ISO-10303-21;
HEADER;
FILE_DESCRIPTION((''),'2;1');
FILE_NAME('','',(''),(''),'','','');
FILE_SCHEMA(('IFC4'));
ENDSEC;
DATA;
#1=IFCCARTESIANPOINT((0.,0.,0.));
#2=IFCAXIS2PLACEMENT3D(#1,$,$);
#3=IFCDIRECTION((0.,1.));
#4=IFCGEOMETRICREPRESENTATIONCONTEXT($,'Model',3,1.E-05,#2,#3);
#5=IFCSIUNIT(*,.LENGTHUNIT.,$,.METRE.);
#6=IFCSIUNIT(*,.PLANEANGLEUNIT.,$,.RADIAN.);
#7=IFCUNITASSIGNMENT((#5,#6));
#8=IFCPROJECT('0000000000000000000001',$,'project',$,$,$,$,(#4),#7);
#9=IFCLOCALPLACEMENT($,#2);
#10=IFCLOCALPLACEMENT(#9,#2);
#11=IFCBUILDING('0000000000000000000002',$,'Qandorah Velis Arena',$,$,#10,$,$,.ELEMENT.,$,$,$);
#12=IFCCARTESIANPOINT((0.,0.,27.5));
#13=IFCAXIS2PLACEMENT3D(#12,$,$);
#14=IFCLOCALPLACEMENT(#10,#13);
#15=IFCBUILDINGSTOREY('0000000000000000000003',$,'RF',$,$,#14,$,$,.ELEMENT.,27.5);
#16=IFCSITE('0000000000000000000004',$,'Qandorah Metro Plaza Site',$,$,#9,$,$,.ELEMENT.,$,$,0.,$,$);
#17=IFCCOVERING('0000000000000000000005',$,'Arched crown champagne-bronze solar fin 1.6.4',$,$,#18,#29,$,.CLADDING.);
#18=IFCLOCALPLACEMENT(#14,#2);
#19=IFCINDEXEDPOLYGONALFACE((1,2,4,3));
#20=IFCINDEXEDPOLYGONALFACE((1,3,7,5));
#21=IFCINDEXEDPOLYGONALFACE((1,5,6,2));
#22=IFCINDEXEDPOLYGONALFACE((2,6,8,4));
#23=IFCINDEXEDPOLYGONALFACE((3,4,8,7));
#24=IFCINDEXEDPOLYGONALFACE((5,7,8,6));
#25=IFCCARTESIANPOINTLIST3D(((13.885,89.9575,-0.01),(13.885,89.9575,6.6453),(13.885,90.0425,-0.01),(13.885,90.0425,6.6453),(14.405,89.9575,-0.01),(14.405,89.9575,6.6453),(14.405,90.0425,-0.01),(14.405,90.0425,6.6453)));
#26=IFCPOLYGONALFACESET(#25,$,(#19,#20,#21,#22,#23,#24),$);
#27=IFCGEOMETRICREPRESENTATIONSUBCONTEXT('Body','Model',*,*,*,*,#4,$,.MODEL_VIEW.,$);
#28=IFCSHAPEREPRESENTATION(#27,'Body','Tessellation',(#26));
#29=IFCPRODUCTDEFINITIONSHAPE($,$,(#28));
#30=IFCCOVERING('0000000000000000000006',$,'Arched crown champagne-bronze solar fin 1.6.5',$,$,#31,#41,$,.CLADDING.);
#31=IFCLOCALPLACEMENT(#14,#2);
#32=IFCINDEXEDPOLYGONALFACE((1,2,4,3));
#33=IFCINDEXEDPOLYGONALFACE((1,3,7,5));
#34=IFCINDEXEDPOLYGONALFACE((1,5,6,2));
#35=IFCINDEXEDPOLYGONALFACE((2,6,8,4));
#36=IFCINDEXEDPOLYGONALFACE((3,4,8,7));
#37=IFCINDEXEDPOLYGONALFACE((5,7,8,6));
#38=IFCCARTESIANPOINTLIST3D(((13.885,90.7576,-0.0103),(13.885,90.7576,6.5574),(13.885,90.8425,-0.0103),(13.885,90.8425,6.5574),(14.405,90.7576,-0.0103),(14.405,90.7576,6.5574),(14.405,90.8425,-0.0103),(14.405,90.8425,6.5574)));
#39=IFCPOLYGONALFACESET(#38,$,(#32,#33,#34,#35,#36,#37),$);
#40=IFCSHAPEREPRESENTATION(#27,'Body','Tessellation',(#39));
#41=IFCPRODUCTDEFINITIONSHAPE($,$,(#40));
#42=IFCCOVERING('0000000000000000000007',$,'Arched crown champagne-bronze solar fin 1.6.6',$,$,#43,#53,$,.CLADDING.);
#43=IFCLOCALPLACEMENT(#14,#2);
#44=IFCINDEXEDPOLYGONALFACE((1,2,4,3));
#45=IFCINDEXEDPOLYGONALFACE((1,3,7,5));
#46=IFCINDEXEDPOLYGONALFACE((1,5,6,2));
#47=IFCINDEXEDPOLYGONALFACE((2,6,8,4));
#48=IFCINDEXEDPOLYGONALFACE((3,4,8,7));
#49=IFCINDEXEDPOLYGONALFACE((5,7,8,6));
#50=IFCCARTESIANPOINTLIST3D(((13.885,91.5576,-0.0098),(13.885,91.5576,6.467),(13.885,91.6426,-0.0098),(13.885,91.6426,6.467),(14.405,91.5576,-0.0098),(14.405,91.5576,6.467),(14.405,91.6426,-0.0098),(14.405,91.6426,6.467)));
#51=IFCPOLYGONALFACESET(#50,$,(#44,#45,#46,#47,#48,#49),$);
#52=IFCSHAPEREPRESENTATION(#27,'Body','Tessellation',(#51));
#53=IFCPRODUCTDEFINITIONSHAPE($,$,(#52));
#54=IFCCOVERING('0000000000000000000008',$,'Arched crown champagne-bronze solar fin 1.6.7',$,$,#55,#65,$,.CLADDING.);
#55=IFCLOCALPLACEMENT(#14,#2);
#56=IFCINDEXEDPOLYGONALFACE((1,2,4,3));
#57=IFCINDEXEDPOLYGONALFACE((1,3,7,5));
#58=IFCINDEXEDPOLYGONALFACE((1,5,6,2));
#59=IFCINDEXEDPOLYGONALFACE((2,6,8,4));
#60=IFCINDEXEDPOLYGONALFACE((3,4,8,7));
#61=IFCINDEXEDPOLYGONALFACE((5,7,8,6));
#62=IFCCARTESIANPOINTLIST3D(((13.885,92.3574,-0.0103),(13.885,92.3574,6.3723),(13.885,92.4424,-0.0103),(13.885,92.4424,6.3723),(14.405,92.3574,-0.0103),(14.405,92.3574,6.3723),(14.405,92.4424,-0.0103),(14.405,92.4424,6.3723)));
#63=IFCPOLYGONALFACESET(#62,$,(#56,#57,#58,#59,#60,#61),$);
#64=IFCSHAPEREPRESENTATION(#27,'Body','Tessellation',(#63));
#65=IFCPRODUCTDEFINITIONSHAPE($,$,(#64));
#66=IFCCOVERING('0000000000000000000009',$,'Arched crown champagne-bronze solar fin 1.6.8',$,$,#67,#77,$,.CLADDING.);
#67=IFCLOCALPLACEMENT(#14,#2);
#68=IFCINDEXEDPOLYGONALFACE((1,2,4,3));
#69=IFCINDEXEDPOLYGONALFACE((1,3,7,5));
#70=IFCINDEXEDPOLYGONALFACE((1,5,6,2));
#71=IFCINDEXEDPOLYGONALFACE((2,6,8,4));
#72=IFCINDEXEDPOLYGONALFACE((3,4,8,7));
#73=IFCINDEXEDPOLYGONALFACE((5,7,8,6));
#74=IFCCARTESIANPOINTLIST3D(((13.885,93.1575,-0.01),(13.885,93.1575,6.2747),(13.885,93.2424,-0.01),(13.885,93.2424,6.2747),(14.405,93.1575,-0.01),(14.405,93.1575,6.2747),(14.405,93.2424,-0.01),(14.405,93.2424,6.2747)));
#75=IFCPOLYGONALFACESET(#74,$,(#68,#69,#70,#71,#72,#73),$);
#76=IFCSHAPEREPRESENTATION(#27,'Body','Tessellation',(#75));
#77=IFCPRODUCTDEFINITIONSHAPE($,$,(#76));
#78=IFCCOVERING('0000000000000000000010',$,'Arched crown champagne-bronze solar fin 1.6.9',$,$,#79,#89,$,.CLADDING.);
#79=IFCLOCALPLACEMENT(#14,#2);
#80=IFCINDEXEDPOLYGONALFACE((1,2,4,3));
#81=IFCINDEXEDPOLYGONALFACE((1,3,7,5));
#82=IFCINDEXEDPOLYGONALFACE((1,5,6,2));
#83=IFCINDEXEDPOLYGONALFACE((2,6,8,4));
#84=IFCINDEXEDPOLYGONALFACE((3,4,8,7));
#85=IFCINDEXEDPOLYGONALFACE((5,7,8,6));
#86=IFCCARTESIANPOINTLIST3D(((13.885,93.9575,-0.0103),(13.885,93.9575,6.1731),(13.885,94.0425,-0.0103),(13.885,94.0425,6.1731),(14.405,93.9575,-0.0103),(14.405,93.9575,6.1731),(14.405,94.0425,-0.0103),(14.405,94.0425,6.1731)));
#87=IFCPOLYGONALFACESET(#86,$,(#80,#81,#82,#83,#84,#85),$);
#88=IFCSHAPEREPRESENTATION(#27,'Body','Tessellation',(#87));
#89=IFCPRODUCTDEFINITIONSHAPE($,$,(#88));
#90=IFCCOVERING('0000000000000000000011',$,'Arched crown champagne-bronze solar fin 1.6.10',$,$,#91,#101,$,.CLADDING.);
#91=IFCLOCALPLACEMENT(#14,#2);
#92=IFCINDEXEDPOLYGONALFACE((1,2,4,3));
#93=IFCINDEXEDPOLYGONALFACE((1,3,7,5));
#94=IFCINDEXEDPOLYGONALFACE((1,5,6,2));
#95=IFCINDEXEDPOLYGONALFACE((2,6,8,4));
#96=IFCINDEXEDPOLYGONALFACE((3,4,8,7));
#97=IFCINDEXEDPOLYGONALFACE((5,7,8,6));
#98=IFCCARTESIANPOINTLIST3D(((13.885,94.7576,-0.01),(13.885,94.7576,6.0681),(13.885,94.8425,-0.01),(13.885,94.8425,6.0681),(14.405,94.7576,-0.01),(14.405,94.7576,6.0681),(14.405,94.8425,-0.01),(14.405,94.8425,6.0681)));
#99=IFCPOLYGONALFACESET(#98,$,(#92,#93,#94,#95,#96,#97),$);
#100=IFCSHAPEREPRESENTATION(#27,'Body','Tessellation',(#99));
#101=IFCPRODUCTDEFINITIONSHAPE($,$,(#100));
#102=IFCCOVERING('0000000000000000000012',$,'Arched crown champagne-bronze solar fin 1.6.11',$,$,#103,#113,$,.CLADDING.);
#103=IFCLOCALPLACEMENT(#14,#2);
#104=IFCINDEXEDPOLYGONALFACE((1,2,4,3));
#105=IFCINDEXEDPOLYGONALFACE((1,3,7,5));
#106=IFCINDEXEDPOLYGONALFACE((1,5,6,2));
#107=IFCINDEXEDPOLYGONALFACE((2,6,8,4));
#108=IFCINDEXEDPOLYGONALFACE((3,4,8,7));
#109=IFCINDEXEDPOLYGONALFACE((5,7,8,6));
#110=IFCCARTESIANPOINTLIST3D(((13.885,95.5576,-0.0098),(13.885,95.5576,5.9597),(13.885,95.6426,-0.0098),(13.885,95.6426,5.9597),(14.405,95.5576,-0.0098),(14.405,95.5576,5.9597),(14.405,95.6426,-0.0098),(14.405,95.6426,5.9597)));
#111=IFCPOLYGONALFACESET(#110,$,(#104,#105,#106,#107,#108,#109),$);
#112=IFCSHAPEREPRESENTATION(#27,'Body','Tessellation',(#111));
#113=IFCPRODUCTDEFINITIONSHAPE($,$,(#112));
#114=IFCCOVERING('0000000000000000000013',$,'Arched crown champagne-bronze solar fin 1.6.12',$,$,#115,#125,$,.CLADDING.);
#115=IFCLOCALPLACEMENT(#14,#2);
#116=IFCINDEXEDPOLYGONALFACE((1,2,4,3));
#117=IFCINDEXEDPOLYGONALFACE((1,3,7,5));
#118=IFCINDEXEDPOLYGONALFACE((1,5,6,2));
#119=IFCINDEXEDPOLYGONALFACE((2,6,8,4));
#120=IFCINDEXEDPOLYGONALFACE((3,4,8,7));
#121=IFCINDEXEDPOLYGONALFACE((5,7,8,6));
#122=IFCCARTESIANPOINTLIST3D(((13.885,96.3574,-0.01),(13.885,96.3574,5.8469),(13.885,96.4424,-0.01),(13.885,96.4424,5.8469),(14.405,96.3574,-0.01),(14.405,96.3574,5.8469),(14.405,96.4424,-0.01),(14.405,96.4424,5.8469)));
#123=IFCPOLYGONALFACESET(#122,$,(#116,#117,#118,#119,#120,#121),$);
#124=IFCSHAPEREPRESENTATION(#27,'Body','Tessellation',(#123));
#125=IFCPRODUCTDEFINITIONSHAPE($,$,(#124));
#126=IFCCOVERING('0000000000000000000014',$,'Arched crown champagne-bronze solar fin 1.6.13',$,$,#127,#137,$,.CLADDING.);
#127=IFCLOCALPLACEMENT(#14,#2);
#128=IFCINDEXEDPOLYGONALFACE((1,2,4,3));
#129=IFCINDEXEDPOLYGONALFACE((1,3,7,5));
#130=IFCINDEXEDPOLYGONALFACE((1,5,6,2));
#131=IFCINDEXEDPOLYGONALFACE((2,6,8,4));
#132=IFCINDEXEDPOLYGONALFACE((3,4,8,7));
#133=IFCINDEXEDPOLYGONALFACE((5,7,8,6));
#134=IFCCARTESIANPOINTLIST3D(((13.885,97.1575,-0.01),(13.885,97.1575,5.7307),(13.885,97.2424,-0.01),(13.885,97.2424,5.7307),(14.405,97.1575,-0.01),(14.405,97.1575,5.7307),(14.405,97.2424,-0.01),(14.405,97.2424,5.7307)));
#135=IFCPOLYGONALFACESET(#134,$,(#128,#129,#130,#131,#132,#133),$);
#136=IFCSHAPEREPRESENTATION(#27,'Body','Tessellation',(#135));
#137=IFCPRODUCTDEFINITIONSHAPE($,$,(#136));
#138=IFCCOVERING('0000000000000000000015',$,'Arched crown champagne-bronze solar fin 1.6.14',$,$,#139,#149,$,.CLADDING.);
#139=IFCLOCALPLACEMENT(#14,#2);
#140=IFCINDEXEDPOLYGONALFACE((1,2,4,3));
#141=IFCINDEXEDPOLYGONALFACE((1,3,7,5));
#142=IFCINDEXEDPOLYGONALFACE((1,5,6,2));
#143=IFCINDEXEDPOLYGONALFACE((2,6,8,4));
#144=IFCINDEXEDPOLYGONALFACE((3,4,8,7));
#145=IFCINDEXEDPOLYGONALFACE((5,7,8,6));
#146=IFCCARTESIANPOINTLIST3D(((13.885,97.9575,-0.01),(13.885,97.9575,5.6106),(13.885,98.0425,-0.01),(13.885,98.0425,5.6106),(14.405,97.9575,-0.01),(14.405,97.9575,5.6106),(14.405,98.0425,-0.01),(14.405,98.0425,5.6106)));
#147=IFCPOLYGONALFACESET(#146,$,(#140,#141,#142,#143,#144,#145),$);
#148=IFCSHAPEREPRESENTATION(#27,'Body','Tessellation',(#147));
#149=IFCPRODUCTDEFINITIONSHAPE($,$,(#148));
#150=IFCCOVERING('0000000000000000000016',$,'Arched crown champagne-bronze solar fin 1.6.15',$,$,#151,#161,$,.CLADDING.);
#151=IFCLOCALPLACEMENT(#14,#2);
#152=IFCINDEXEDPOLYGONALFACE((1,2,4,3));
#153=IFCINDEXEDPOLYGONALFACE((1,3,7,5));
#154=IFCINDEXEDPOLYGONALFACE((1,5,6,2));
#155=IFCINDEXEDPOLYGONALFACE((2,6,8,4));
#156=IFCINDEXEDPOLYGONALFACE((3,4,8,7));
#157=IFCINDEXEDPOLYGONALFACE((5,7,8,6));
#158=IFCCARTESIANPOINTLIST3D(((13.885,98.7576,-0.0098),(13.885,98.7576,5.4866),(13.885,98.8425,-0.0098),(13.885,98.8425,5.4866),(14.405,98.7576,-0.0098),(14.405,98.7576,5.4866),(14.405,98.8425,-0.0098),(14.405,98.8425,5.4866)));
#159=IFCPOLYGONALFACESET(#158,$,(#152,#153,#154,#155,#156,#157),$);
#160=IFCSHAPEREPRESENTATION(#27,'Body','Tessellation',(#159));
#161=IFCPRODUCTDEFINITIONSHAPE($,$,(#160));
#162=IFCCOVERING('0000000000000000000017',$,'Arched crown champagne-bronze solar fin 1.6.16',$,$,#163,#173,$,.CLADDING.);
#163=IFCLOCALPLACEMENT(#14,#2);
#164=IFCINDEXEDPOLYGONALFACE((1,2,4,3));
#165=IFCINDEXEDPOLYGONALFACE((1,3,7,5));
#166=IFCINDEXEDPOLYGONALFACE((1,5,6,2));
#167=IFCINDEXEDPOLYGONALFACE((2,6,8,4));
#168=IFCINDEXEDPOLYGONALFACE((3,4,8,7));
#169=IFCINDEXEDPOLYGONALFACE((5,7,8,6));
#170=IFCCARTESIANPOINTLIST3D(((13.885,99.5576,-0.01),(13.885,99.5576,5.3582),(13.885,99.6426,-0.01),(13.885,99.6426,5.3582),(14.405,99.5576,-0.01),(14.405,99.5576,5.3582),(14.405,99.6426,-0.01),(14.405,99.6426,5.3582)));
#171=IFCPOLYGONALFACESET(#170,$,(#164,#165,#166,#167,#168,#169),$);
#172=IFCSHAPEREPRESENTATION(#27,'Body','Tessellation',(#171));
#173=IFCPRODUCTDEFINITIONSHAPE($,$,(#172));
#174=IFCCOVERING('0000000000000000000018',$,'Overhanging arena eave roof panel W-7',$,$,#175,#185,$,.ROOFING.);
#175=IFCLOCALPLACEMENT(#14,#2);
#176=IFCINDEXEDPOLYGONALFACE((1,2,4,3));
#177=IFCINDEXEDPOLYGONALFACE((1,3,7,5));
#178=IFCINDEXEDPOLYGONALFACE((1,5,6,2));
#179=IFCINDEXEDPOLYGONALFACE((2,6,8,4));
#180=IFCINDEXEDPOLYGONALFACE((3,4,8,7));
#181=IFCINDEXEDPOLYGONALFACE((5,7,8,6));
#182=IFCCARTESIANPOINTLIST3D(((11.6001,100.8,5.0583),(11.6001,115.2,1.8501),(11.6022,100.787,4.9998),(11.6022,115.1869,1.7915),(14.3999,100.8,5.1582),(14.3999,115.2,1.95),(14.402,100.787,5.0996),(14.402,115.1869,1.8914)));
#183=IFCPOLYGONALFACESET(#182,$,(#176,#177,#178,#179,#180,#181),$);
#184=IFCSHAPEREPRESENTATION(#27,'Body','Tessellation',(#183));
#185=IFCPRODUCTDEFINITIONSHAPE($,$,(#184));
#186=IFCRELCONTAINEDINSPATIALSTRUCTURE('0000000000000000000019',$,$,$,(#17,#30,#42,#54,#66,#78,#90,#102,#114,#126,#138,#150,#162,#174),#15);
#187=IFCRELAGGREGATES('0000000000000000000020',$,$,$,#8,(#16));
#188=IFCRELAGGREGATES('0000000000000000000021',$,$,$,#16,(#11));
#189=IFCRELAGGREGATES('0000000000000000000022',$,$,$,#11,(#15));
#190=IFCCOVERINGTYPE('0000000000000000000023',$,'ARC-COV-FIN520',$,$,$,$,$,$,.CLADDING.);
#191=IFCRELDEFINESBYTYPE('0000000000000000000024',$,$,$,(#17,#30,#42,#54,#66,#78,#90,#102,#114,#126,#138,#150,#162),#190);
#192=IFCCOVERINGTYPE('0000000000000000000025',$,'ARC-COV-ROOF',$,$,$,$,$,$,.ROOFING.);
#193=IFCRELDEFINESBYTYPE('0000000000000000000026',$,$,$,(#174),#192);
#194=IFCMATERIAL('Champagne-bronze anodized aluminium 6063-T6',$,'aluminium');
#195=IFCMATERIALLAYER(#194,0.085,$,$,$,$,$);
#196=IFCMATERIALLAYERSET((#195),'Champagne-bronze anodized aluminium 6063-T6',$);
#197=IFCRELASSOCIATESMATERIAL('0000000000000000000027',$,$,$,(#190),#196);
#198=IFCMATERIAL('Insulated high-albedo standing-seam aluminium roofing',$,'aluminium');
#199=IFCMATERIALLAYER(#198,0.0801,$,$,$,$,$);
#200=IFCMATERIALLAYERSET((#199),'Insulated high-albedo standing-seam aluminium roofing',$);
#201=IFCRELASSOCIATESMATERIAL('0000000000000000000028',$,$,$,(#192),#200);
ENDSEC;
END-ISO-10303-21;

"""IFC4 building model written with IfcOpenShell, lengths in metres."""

from ifc_helpers import new_model, si_unit, direction, frame, origin, origin_2d, place, context, subcontext, project, spatial, polyline, rectangle, outline, extrude, material, layer, layer_set, type_object, element, save


model = new_model("IFC4")

# Units and contexts
model_context = context("Model", 3, precision=1e-05, world=origin(), true_north=direction((0.0, 1.0)))
body_context = subcontext(model_context, "Body", "Model", "MODEL_VIEW")
ifc_project = project(units=[si_unit("LENGTHUNIT", "METRE"), si_unit("PLANEANGLEUNIT", "RADIAN")], contexts=[model_context])

# Site, building, storey
site_placement = place(None, origin())
site = spatial("IfcSite", under=ifc_project, at=site_placement, Name="Qandorah Metro Plaza Site", CompositionType="ELEMENT", RefElevation=0.0)
building_placement = place(site_placement, origin())
building = spatial("IfcBuilding", under=site, at=building_placement, Name="Qandorah Velis Arena", CompositionType="ELEMENT")
storey_placement = place(building_placement, frame((0.0, 0.0, 27.5)))
storey = spatial("IfcBuildingStorey", under=building, at=storey_placement, Name="RF", CompositionType="ELEMENT", Elevation=27.5)

# Shared definitions
ifc_material_1 = material(Name="Champagne-bronze anodized aluminium 6063-T6", Category="aluminium")

# Coverings
ifc_layer_1 = layer(ifc_material_1, 0.085)
ifc_layer_set_1 = layer_set([ifc_layer_1], Name="Champagne-bronze anodized aluminium 6063-T6")
covering_type_1 = type_object("IfcCoveringType", Name="ARC-COV-FIN520", PredefinedType="CLADDING", material=ifc_layer_set_1)
covering_1_placement = place(storey_placement, frame((14.145, 90.0, -0.01), z_axis=(0.0, 0.0, 1.0), x_axis=(1.0, 0.0, 0.0)))
element("IfcCovering", 1, at=covering_1_placement, inside=storey, type_object=covering_type_1, Name="Arched crown champagne-bronze solar fin 1.6.4", PredefinedType="CLADDING", context=body_context, shape_type="SweptSolid", body=[
    extrude(rectangle(XDim=0.52, YDim=0.085, at=origin_2d()), origin(), (0.0, 0.0, 1.0), 6.6553),
])
covering_2_placement = place(storey_placement, frame((14.145, 90.8, -0.0103), z_axis=(0.0, 0.0, 1.0), x_axis=(1.0, 0.0, 0.0)))
element("IfcCovering", 2, at=covering_2_placement, inside=storey, type_object=covering_type_1, Name="Arched crown champagne-bronze solar fin 1.6.5", PredefinedType="CLADDING", context=body_context, shape_type="SweptSolid", body=[
    extrude(rectangle(XDim=0.52, YDim=0.085, at=origin_2d()), origin(), (0.0, 0.0, 1.0), 6.5676),
])
covering_3_placement = place(storey_placement, frame((14.145, 91.6001, -0.0098), z_axis=(0.0, 0.0, 1.0), x_axis=(1.0, 0.0, 0.0)))
element("IfcCovering", 3, at=covering_3_placement, inside=storey, type_object=covering_type_1, Name="Arched crown champagne-bronze solar fin 1.6.6", PredefinedType="CLADDING", context=body_context, shape_type="SweptSolid", body=[
    extrude(rectangle(XDim=0.52, YDim=0.085, at=origin_2d()), origin(), (0.0, 0.0, 1.0), 6.4768),
])
covering_4_placement = place(storey_placement, frame((14.145, 92.3999, -0.0103), z_axis=(0.0, 0.0, 1.0), x_axis=(1.0, 0.0, 0.0)))
element("IfcCovering", 4, at=covering_4_placement, inside=storey, type_object=covering_type_1, Name="Arched crown champagne-bronze solar fin 1.6.7", PredefinedType="CLADDING", context=body_context, shape_type="SweptSolid", body=[
    extrude(rectangle(XDim=0.52, YDim=0.085, at=origin_2d()), origin(), (0.0, 0.0, 1.0), 6.3826),
])
covering_5_placement = place(storey_placement, frame((14.145, 93.2, -0.01), z_axis=(0.0, 0.0, 1.0), x_axis=(1.0, 0.0, 0.0)))
element("IfcCovering", 5, at=covering_5_placement, inside=storey, type_object=covering_type_1, Name="Arched crown champagne-bronze solar fin 1.6.8", PredefinedType="CLADDING", context=body_context, shape_type="SweptSolid", body=[
    extrude(rectangle(XDim=0.52, YDim=0.085, at=origin_2d()), origin(), (0.0, 0.0, 1.0), 6.2847),
])
covering_6_placement = place(storey_placement, frame((14.145, 94.0, -0.0103), z_axis=(0.0, 0.0, 1.0), x_axis=(1.0, 0.0, 0.0)))
element("IfcCovering", 6, at=covering_6_placement, inside=storey, type_object=covering_type_1, Name="Arched crown champagne-bronze solar fin 1.6.9", PredefinedType="CLADDING", context=body_context, shape_type="SweptSolid", body=[
    extrude(rectangle(XDim=0.52, YDim=0.085, at=origin_2d()), origin(), (0.0, 0.0, 1.0), 6.1833),
])
covering_7_placement = place(storey_placement, frame((14.145, 94.8, -0.01), z_axis=(0.0, 0.0, 1.0), x_axis=(1.0, 0.0, 0.0)))
element("IfcCovering", 7, at=covering_7_placement, inside=storey, type_object=covering_type_1, Name="Arched crown champagne-bronze solar fin 1.6.10", PredefinedType="CLADDING", context=body_context, shape_type="SweptSolid", body=[
    extrude(rectangle(XDim=0.52, YDim=0.085, at=origin_2d()), origin(), (0.0, 0.0, 1.0), 6.0781),
])
covering_8_placement = place(storey_placement, frame((14.145, 95.6001, -0.0098), z_axis=(0.0, 0.0, 1.0), x_axis=(1.0, 0.0, 0.0)))
element("IfcCovering", 8, at=covering_8_placement, inside=storey, type_object=covering_type_1, Name="Arched crown champagne-bronze solar fin 1.6.11", PredefinedType="CLADDING", context=body_context, shape_type="SweptSolid", body=[
    extrude(rectangle(XDim=0.52, YDim=0.085, at=origin_2d()), origin(), (0.0, 0.0, 1.0), 5.9695),
])
covering_9_placement = place(storey_placement, frame((14.145, 96.3999, -0.01), z_axis=(0.0, 0.0, 1.0), x_axis=(1.0, 0.0, 0.0)))
element("IfcCovering", 9, at=covering_9_placement, inside=storey, type_object=covering_type_1, Name="Arched crown champagne-bronze solar fin 1.6.12", PredefinedType="CLADDING", context=body_context, shape_type="SweptSolid", body=[
    extrude(rectangle(XDim=0.52, YDim=0.085, at=origin_2d()), origin(), (0.0, 0.0, 1.0), 5.8569),
])
covering_10_placement = place(storey_placement, frame((14.145, 97.2, -0.01), z_axis=(0.0, 0.0, 1.0), x_axis=(1.0, 0.0, 0.0)))
element("IfcCovering", 10, at=covering_10_placement, inside=storey, type_object=covering_type_1, Name="Arched crown champagne-bronze solar fin 1.6.13", PredefinedType="CLADDING", context=body_context, shape_type="SweptSolid", body=[
    extrude(rectangle(XDim=0.52, YDim=0.085, at=origin_2d()), origin(), (0.0, 0.0, 1.0), 5.7407),
])
covering_11_placement = place(storey_placement, frame((14.145, 98.0, -0.01), z_axis=(0.0, 0.0, 1.0), x_axis=(1.0, 0.0, 0.0)))
element("IfcCovering", 11, at=covering_11_placement, inside=storey, type_object=covering_type_1, Name="Arched crown champagne-bronze solar fin 1.6.14", PredefinedType="CLADDING", context=body_context, shape_type="SweptSolid", body=[
    extrude(rectangle(XDim=0.52, YDim=0.085, at=origin_2d()), origin(), (0.0, 0.0, 1.0), 5.6206),
])
covering_12_placement = place(storey_placement, frame((14.145, 98.8, -0.0098), z_axis=(0.0, 0.0, 1.0), x_axis=(1.0, 0.0, 0.0)))
element("IfcCovering", 12, at=covering_12_placement, inside=storey, type_object=covering_type_1, Name="Arched crown champagne-bronze solar fin 1.6.15", PredefinedType="CLADDING", context=body_context, shape_type="SweptSolid", body=[
    extrude(rectangle(XDim=0.52, YDim=0.085, at=origin_2d()), origin(), (0.0, 0.0, 1.0), 5.4963),
])
covering_13_placement = place(storey_placement, frame((14.145, 99.6001, -0.01), z_axis=(0.0, 0.0, 1.0), x_axis=(1.0, 0.0, 0.0)))
element("IfcCovering", 13, at=covering_13_placement, inside=storey, type_object=covering_type_1, Name="Arched crown champagne-bronze solar fin 1.6.16", PredefinedType="CLADDING", context=body_context, shape_type="SweptSolid", body=[
    extrude(rectangle(XDim=0.52, YDim=0.085, at=origin_2d()), origin(), (0.0, 0.0, 1.0), 5.3682),
])
ifc_material_2 = material(Name="Insulated high-albedo standing-seam aluminium roofing", Category="aluminium")
ifc_layer_2 = layer(ifc_material_2, 0.0801)
ifc_layer_set_2 = layer_set([ifc_layer_2], Name="Insulated high-albedo standing-seam aluminium roofing")
covering_type_2 = type_object("IfcCoveringType", Name="ARC-COV-ROOF", PredefinedType="ROOFING", material=ifc_layer_set_2)
covering_14_placement = place(storey_placement, frame((11.6001, 100.8, 5.0583), z_axis=(-0.03479, 0.217333, 0.975477), x_axis=(0.999365, 0.0, 0.035642)))
element("IfcCovering", 14, at=covering_14_placement, inside=storey, type_object=covering_type_2, Name="Overhanging arena eave roof panel W-7", PredefinedType="ROOFING", context=body_context, shape_type="SweptSolid", body=[
    extrude(outline(polyline([(0.0, 0.0), (2.8016, 0.0), (2.6872, 14.7525), (-0.1143, 14.7525), (0.0, 0.0)])), origin(), (0.0, 0.0, -1.0), 0.0601),
])

save(model, "model.ifc")
